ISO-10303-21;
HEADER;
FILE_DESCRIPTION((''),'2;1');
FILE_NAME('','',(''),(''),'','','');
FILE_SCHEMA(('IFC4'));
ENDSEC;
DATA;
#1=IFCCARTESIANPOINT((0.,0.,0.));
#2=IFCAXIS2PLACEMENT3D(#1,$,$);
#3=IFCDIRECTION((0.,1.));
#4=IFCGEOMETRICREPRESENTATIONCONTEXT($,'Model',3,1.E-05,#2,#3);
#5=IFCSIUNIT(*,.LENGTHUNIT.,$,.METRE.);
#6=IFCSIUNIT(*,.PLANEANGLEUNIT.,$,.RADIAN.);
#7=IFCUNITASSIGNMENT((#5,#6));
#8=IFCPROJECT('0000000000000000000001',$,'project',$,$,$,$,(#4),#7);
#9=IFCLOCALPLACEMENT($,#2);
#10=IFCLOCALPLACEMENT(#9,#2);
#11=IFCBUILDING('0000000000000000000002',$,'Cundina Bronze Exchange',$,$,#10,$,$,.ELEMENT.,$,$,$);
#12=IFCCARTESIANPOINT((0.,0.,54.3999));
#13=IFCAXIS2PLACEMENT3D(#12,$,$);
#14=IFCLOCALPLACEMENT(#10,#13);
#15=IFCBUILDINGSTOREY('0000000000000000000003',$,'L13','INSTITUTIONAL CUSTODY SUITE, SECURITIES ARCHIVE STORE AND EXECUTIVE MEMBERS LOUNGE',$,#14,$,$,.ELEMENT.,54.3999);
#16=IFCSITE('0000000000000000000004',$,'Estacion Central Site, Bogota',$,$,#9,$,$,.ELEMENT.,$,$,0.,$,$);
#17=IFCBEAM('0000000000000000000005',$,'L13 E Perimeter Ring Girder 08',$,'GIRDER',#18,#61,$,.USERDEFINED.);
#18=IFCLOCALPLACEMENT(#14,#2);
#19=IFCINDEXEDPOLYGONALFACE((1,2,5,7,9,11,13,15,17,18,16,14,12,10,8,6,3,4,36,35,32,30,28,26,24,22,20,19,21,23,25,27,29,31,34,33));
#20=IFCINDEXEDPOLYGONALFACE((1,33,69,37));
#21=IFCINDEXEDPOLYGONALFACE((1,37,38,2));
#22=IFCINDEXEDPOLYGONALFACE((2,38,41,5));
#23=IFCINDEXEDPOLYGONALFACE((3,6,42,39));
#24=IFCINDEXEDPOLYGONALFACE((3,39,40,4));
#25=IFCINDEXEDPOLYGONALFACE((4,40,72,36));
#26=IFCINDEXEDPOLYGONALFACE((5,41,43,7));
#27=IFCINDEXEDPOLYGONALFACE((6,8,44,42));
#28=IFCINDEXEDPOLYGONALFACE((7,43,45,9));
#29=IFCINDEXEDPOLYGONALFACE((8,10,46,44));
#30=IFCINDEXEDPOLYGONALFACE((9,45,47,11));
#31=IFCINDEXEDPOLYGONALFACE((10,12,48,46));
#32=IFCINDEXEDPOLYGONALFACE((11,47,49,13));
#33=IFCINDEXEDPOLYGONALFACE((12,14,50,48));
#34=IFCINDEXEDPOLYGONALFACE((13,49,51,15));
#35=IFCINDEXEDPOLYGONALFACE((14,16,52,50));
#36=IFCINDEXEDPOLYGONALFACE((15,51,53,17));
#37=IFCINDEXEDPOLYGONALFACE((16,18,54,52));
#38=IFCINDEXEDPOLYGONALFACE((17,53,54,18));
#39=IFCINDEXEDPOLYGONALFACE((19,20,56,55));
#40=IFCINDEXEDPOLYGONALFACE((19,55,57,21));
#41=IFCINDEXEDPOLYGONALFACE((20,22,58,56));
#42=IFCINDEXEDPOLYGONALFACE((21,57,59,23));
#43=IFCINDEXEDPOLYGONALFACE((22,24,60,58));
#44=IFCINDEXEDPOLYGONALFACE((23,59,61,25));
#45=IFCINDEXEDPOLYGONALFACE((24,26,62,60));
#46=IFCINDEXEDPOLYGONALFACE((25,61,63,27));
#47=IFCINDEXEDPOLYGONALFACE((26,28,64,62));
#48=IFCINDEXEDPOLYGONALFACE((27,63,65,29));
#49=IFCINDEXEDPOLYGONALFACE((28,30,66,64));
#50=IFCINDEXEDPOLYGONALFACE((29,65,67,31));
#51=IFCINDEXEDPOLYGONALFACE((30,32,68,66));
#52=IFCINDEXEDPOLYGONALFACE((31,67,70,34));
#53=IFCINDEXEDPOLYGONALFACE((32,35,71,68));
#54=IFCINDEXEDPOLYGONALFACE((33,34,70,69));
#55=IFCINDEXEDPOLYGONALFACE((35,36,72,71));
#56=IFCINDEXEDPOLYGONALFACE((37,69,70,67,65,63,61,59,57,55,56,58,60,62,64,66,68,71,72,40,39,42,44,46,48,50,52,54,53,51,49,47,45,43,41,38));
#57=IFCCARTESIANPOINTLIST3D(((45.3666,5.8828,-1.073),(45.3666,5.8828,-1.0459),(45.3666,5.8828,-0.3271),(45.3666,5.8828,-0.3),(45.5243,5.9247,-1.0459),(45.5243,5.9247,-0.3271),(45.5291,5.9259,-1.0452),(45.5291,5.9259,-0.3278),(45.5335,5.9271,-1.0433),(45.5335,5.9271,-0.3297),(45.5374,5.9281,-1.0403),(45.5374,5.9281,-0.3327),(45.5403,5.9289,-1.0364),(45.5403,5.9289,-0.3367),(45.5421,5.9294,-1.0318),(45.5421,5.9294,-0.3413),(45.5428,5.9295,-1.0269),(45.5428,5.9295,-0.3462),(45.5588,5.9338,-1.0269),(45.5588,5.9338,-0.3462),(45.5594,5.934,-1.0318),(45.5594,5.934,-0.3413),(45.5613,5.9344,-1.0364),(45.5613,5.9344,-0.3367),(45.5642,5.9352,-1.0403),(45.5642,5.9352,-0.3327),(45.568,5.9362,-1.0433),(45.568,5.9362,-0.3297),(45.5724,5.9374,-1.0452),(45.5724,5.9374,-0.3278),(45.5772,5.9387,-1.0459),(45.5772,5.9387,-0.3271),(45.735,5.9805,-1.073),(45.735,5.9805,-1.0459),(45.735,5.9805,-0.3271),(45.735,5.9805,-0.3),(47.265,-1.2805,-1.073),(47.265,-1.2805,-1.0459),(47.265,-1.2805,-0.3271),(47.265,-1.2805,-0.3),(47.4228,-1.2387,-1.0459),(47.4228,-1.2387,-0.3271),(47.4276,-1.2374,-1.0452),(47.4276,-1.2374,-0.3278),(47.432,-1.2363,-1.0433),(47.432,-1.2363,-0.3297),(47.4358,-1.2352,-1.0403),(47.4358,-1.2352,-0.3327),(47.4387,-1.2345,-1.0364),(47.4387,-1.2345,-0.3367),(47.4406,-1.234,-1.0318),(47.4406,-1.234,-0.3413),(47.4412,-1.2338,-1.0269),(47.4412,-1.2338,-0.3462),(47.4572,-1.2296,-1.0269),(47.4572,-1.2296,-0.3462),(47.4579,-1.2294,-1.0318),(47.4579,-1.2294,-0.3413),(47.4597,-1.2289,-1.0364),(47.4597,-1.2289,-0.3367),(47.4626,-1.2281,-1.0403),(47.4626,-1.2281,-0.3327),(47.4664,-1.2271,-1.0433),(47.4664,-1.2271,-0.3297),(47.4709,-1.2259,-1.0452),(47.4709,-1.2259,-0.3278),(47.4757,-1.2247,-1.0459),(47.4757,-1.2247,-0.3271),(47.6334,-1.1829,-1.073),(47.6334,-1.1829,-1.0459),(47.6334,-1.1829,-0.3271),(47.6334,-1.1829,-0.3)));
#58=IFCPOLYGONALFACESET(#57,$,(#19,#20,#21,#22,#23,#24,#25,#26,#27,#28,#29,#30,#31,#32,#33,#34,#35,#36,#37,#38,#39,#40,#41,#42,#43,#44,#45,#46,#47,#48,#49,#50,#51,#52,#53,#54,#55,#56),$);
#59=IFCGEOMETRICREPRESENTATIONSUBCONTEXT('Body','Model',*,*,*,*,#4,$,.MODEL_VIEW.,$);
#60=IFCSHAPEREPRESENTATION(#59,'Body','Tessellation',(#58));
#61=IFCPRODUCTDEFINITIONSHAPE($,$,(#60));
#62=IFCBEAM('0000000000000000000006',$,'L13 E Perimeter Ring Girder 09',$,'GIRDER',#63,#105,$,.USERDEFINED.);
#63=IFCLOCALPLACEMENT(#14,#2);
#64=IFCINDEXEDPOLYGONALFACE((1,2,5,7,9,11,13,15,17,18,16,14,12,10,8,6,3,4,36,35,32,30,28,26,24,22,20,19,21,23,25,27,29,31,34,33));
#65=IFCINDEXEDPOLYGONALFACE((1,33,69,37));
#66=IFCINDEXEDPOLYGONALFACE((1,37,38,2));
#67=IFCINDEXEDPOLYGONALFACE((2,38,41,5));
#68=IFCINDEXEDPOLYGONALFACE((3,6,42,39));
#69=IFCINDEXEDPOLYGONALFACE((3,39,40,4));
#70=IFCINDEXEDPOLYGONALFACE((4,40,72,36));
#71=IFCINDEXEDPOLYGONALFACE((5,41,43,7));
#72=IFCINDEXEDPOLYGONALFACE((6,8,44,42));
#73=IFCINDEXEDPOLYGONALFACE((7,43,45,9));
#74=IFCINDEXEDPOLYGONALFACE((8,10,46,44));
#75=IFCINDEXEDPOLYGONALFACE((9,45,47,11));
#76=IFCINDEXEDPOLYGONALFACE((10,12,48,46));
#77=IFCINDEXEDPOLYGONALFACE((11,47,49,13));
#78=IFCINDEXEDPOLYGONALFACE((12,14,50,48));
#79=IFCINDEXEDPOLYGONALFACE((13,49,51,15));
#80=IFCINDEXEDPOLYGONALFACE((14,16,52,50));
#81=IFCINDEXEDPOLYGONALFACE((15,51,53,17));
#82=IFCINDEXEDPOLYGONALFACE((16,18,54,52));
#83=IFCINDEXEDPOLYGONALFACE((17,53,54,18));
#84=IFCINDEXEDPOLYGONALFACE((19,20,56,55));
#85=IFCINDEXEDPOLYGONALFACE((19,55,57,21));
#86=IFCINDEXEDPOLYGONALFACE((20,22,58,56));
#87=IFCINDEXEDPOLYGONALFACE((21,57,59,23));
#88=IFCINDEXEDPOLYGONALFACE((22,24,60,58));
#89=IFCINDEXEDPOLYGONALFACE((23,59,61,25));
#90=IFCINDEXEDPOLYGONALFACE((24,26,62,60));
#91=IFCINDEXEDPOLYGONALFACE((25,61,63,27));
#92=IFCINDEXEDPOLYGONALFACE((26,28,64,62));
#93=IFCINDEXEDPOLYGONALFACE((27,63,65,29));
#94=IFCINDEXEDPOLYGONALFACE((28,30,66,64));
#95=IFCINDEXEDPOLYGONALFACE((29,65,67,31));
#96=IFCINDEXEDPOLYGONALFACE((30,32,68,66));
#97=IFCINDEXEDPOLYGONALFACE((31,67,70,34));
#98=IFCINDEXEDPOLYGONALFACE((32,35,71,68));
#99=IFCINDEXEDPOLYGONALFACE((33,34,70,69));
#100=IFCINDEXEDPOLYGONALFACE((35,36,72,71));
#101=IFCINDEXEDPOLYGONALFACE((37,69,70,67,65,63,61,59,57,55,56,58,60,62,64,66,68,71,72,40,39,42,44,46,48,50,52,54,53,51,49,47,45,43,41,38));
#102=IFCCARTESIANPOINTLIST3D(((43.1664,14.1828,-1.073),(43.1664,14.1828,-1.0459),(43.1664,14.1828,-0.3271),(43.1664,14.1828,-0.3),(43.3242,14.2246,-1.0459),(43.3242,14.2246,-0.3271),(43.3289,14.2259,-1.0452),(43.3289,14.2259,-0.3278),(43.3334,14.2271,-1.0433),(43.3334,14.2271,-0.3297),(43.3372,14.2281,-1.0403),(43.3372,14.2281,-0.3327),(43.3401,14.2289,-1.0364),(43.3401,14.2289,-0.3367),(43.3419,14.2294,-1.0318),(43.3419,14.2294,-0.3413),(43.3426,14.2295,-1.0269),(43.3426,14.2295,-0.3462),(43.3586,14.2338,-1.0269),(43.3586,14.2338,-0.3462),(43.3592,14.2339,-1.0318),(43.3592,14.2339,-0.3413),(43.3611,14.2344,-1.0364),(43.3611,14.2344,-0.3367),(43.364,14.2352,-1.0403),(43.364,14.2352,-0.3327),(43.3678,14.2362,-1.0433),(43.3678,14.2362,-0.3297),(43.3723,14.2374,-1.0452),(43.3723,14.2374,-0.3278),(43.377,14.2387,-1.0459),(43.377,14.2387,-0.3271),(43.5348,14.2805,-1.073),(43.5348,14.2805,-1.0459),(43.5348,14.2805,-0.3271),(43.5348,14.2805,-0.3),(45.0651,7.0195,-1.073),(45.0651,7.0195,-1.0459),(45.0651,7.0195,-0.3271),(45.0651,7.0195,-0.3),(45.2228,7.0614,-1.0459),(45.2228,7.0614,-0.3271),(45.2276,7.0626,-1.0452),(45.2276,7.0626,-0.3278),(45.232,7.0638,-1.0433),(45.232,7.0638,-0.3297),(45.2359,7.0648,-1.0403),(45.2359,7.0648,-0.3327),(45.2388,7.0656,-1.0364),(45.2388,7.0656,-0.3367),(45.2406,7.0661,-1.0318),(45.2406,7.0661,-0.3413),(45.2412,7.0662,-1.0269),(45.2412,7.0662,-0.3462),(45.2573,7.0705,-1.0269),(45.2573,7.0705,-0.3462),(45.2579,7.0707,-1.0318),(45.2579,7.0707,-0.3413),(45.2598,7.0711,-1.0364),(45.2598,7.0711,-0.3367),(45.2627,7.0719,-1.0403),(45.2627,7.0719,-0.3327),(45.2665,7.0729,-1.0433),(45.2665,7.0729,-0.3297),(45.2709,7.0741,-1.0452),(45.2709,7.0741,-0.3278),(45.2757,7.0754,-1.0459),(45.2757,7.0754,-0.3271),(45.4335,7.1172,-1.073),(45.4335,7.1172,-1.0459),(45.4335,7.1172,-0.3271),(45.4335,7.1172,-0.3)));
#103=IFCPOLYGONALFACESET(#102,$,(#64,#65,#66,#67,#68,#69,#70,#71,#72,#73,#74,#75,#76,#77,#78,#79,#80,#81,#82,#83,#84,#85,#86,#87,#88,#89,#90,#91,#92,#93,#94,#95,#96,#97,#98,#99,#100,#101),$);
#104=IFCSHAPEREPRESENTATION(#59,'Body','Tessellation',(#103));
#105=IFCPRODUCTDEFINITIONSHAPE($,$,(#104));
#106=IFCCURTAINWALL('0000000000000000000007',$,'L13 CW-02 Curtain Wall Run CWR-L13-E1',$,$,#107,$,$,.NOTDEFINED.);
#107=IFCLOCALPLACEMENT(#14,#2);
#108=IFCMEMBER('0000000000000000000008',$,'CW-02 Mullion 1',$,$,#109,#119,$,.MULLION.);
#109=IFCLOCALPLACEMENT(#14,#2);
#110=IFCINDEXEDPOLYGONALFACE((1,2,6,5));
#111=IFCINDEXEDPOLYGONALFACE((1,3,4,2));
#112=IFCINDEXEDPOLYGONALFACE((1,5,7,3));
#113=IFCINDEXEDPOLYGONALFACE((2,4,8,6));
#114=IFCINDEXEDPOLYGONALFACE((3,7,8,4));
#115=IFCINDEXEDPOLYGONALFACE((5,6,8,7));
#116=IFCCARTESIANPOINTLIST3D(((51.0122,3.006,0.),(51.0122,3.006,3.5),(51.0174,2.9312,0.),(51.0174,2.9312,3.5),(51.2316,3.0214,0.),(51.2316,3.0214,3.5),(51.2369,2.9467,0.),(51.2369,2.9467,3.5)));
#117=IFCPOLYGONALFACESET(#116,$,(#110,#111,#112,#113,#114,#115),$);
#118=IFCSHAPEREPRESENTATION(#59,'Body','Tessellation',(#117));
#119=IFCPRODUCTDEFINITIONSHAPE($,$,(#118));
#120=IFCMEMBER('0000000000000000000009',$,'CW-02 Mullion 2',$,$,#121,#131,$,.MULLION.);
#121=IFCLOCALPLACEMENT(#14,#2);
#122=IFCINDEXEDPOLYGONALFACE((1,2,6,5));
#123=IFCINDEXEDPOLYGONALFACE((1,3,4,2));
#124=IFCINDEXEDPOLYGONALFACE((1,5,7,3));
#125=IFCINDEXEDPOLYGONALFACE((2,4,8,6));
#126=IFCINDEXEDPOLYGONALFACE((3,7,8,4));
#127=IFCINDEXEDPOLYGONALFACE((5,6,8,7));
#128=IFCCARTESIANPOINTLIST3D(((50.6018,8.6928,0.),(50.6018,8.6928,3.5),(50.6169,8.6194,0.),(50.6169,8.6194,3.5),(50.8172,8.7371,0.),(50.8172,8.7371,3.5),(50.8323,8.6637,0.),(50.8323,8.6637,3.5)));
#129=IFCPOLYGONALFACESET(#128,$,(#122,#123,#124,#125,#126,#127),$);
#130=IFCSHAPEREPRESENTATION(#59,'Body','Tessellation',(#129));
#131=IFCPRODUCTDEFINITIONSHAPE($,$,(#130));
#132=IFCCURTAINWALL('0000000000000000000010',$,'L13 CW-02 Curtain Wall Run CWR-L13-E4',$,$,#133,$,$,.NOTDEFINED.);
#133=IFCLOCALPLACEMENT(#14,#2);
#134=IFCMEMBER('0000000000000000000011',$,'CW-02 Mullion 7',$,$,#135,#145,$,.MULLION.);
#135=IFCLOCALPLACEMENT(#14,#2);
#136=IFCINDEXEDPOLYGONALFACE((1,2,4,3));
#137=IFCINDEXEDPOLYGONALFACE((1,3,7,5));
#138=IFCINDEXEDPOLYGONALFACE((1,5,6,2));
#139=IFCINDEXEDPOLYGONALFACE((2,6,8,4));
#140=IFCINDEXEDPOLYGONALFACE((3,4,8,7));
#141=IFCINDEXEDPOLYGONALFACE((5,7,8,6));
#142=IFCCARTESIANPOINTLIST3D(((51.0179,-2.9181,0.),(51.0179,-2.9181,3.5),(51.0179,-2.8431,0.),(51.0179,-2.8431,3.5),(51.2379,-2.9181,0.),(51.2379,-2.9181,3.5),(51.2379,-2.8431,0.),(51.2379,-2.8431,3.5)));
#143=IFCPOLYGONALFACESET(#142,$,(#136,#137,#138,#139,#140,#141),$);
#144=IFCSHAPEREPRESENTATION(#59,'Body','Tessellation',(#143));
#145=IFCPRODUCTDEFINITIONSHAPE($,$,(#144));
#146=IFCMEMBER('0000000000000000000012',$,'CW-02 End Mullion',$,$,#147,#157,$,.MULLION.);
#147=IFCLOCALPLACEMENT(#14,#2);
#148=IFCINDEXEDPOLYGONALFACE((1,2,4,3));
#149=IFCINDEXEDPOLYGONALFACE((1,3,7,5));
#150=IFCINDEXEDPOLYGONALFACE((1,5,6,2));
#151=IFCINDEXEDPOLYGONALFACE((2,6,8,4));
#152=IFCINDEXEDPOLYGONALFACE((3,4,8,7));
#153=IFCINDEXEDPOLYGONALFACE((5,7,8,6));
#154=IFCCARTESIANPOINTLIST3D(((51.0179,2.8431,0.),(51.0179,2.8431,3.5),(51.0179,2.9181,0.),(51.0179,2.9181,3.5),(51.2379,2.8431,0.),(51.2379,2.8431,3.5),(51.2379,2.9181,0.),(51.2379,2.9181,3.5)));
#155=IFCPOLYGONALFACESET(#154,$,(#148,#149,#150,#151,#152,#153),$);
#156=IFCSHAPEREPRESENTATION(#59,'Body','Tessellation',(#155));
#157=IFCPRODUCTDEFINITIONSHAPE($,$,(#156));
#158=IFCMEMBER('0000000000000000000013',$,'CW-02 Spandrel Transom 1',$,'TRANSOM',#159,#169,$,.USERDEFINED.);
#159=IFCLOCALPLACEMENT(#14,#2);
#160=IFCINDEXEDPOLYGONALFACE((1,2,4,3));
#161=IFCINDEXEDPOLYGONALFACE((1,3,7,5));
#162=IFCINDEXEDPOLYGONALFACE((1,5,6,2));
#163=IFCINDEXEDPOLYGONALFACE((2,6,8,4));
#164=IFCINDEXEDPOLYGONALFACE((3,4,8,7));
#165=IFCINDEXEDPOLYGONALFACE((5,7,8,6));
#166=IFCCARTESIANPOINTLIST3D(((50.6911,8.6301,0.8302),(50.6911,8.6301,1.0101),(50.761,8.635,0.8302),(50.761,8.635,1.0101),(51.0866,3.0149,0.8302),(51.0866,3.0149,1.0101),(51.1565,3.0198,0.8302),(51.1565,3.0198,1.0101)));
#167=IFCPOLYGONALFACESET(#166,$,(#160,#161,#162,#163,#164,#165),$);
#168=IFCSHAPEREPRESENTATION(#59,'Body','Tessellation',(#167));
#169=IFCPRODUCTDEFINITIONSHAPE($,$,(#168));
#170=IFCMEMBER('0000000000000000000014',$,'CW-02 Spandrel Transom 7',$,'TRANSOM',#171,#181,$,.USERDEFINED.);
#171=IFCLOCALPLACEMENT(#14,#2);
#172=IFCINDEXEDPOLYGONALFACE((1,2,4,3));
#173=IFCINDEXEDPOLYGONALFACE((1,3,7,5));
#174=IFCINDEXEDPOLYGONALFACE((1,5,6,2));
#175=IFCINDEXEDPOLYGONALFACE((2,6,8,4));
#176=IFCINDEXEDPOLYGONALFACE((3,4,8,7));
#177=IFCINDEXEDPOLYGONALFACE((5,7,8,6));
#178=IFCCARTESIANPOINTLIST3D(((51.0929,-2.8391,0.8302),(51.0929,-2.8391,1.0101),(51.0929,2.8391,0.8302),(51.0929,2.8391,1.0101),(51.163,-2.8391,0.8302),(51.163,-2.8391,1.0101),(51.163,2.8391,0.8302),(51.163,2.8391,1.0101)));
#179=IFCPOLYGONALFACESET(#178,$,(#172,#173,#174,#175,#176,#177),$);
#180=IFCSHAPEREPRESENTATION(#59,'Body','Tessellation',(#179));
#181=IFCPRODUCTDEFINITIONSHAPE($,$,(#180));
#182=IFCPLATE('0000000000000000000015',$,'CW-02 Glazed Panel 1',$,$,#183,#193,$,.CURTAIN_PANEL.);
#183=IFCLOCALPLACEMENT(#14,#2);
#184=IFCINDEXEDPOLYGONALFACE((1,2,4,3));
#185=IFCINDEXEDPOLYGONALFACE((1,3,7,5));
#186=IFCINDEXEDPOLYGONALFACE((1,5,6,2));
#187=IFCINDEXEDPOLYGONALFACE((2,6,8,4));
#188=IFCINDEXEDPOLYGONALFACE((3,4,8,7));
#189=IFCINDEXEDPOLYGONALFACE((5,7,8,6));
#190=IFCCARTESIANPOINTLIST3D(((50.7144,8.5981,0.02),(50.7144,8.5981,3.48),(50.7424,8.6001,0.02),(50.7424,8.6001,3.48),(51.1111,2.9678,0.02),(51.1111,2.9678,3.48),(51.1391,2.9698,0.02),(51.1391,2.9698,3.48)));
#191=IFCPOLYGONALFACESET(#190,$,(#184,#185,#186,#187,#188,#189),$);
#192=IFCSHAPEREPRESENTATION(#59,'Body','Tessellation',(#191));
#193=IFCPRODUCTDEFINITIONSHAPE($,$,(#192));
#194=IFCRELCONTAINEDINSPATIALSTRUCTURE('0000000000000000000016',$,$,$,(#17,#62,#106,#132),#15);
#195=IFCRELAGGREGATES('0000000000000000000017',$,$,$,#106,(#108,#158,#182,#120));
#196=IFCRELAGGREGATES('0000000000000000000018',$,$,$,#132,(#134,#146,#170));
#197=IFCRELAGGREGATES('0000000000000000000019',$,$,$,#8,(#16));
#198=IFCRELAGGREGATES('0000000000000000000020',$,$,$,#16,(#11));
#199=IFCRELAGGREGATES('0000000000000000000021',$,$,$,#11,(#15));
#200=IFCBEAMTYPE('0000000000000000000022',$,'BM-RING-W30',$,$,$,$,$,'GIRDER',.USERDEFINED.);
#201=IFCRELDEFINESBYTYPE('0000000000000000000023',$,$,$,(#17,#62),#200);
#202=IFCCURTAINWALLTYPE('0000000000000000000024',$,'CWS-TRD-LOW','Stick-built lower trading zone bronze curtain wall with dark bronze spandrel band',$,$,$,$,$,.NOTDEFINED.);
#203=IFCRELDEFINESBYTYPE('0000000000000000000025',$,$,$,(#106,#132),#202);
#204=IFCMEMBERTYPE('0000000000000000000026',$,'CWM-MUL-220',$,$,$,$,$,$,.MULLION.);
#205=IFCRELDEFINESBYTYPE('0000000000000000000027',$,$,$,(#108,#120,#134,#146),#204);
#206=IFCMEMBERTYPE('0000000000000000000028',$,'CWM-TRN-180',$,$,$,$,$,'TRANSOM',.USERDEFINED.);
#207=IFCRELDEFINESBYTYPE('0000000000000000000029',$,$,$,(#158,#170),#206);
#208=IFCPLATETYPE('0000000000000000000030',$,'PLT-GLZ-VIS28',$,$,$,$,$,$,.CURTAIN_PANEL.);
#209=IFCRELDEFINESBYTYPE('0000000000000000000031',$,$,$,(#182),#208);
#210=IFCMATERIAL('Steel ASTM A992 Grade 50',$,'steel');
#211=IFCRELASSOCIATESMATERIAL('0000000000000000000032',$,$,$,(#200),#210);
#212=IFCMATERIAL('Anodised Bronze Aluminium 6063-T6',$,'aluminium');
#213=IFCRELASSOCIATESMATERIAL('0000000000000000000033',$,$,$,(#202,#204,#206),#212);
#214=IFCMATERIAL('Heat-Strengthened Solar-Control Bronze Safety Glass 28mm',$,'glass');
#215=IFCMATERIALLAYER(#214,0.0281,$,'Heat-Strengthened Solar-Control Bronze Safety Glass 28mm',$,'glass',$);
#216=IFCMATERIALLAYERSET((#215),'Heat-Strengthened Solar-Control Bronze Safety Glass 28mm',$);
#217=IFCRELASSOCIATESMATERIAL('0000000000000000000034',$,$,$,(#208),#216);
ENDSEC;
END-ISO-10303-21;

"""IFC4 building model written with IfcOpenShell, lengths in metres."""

from ifc_helpers import new_model, si_unit, direction, frame, origin, origin_2d, place, context, subcontext, project, spatial, rectangle, i_section, extrude, material, layer, layer_set, material_profile, profile_set, type_object, element, aggregate, save


model = new_model("IFC4")

# Units and contexts
model_context = context("Model", 3, precision=1e-05, world=origin(), true_north=direction((0.0, 1.0)))
body_context = subcontext(model_context, "Body", "Model", "MODEL_VIEW")
ifc_project = project(units=[si_unit("LENGTHUNIT", "METRE"), si_unit("PLANEANGLEUNIT", "RADIAN")], contexts=[model_context])

# Site, building, storey
site_placement = place(None, origin())
site = spatial("IfcSite", under=ifc_project, at=site_placement, Name="Estacion Central Site, Bogota", CompositionType="ELEMENT", RefElevation=0.0)
building_placement = place(site_placement, origin())
building = spatial("IfcBuilding", under=site, at=building_placement, Name="Cundina Bronze Exchange", CompositionType="ELEMENT")
storey_placement = place(building_placement, frame((0.0, 0.0, 54.3999)))
storey = spatial("IfcBuildingStorey", under=building, at=storey_placement, Name="L13", Description="INSTITUTIONAL CUSTODY SUITE, SECURITIES ARCHIVE STORE AND EXECUTIVE MEMBERS LOUNGE", CompositionType="ELEMENT", Elevation=54.3999)

# Shared definitions
ifc_material_1 = material(Name="Steel ASTM A992 Grade 50", Category="steel")

# Beams
ifc_material_profile_1 = material_profile(ifc_material_1, i_section(OverallWidth=0.3811, OverallDepth=0.7729, WebThickness=0.0166, FlangeThickness=0.0271, FilletRadius=0.019, at=origin_2d()), Name="W30X173", Category="steel")
ifc_profile_set_1 = profile_set([ifc_material_profile_1], Name="Steel ASTM A992 Grade 50")
beam_type_1 = type_object("IfcBeamType", Name="BM-RING-W30", ElementType="GIRDER", PredefinedType="USERDEFINED", material=ifc_profile_set_1)
for number, where, z_axis, x_axis, name in (
    (1, (47.4492, -1.2317, -0.6865), (-0.256178, 0.96663, 0.0), (-0.96663, -0.256178, 0.0), "L13 E Perimeter Ring Girder 08"),
    (2, (45.2493, 7.0684, -0.6865), (-0.256209, 0.966622, 0.0), (-0.966622, -0.256209, 0.0), "L13 E Perimeter Ring Girder 09"),
):
    element("IfcBeam", number, at=place(storey_placement, frame(where, z_axis=z_axis, x_axis=x_axis)), inside=storey, type_object=beam_type_1, Name=name, ObjectType="GIRDER", PredefinedType="USERDEFINED", context=body_context, shape_type="SweptSolid", body=[
        extrude(i_section(OverallWidth=0.3811, OverallDepth=0.7729, WebThickness=0.0166, FlangeThickness=0.0271, FilletRadius=0.019, at=origin_2d()), origin(), (0.0, 0.0, 1.0), 7.4106),
    ])

# Curtain walls, members
ifc_material_2 = material(Name="Anodised Bronze Aluminium 6063-T6", Category="aluminium")
curtain_wall_type = type_object("IfcCurtainWallType", Name="CWS-TRD-LOW", Description="Stick-built lower trading zone bronze curtain wall with dark bronze spandrel band", PredefinedType="NOTDEFINED", material=ifc_material_2)
curtain_wall_1_placement = place(storey_placement, origin())
curtain_wall_1 = element("IfcCurtainWall", 3, at=curtain_wall_1_placement, inside=storey, type_object=curtain_wall_type, Name="L13 CW-02 Curtain Wall Run CWR-L13-E1", PredefinedType="NOTDEFINED")
ifc_material_profile_2 = material_profile(ifc_material_2, rectangle(XDim=0.075, YDim=0.22, at=origin_2d()), Name="AL75X220", Category="aluminium")
ifc_profile_set_2 = profile_set([ifc_material_profile_2], Name="Anodised Bronze Aluminium 6063-T6")
member_type_1 = type_object("IfcMemberType", Name="CWM-MUL-220", PredefinedType="MULLION", material=ifc_profile_set_2)
member_1_placement = place(storey_placement, frame((51.1245, 2.9763, 0.0), z_axis=(0.0, 0.0, 1.0), x_axis=(-0.070279, 0.997527, 0.0)))
member_1 = element("IfcMember", 4, at=member_1_placement, type_object=member_type_1, Name="CW-02 Mullion 1", PredefinedType="MULLION", context=body_context, shape_type="SweptSolid", body=[
    extrude(rectangle(XDim=0.075, YDim=0.22, at=origin_2d()), origin(), (0.0, 0.0, 1.0), 3.5),
])
member_2_placement = place(storey_placement, frame((50.717, 8.6782, 0.0), z_axis=(0.0, 0.0, 1.0), x_axis=(-0.20142, 0.979505, 0.0)))
member_2 = element("IfcMember", 5, at=member_2_placement, type_object=member_type_1, Name="CW-02 Mullion 2", PredefinedType="MULLION", context=body_context, shape_type="SweptSolid", body=[
    extrude(rectangle(XDim=0.075, YDim=0.22, at=origin_2d()), origin(), (0.0, 0.0, 1.0), 3.5),
])
curtain_wall_2_placement = place(storey_placement, origin())
curtain_wall_2 = element("IfcCurtainWall", 6, at=curtain_wall_2_placement, inside=storey, type_object=curtain_wall_type, Name="L13 CW-02 Curtain Wall Run CWR-L13-E4", PredefinedType="NOTDEFINED")
member_3_placement = place(storey_placement, frame((51.1279, -2.8806, 0.0), z_axis=(0.0, 0.0, 1.0), x_axis=(0.0, 1.0, 0.0)))
member_3 = element("IfcMember", 7, at=member_3_placement, type_object=member_type_1, Name="CW-02 Mullion 7", PredefinedType="MULLION", context=body_context, shape_type="SweptSolid", body=[
    extrude(rectangle(XDim=0.075, YDim=0.22, at=origin_2d()), origin(), (0.0, 0.0, 1.0), 3.5),
])
member_4_placement = place(storey_placement, frame((51.1279, 2.8806, 0.0), z_axis=(0.0, 0.0, 1.0), x_axis=(0.0, 1.0, 0.0)))
member_4 = element("IfcMember", 8, at=member_4_placement, type_object=member_type_1, Name="CW-02 End Mullion", PredefinedType="MULLION", context=body_context, shape_type="SweptSolid", body=[
    extrude(rectangle(XDim=0.075, YDim=0.22, at=origin_2d()), origin(), (0.0, 0.0, 1.0), 3.5),
])

# Members
ifc_material_profile_3 = material_profile(ifc_material_2, rectangle(XDim=0.0701, YDim=0.1799, at=origin_2d()), Name="AL70X180", Category="aluminium")
ifc_profile_set_3 = profile_set([ifc_material_profile_3], Name="Anodised Bronze Aluminium 6063-T6")
member_type_2 = type_object("IfcMemberType", Name="CWM-TRN-180", ElementType="TRANSOM", PredefinedType="USERDEFINED", material=ifc_profile_set_3)
member_5_placement = place(storey_placement, frame((51.1216, 3.0173, 0.9202), z_axis=(-0.070261, 0.997529, 0.0), x_axis=(-0.997529, -0.070261, 0.0)))
member_5 = element("IfcMember", 9, at=member_5_placement, type_object=member_type_2, Name="CW-02 Spandrel Transom 1", ObjectType="TRANSOM", PredefinedType="USERDEFINED", context=body_context, shape_type="SweptSolid", body=[
    extrude(rectangle(XDim=0.0701, YDim=0.1799, at=origin_2d()), origin(), (0.0, 0.0, 1.0), 5.6292),
])
member_6_placement = place(storey_placement, frame((51.1279, -2.8391, 0.9202), z_axis=(0.0, 1.0, 0.0), x_axis=(-1.0, 0.0, 0.0)))
member_6 = element("IfcMember", 10, at=member_6_placement, type_object=member_type_2, Name="CW-02 Spandrel Transom 7", ObjectType="TRANSOM", PredefinedType="USERDEFINED", context=body_context, shape_type="SweptSolid", body=[
    extrude(rectangle(XDim=0.0701, YDim=0.1799, at=origin_2d()), origin(), (0.0, 0.0, 1.0), 5.6782),
])

# Plate
ifc_material_3 = material(Name="Heat-Strengthened Solar-Control Bronze Safety Glass 28mm", Category="glass")
ifc_layer_1 = layer(ifc_material_3, 0.0281, Name="Heat-Strengthened Solar-Control Bronze Safety Glass 28mm", Category="glass")
ifc_layer_set_1 = layer_set([ifc_layer_1], Name="Heat-Strengthened Solar-Control Bronze Safety Glass 28mm")
plate_type = type_object("IfcPlateType", Name="PLT-GLZ-VIS28", PredefinedType="CURTAIN_PANEL", material=ifc_layer_set_1)
plate_1_placement = place(storey_placement, frame((50.9268, 5.7839, 0.02), z_axis=(0.0, 0.0, 1.0), x_axis=(-0.070279, 0.997527, 0.0)))
plate_1 = element("IfcPlate", 11, at=plate_1_placement, type_object=plate_type, Name="CW-02 Glazed Panel 1", PredefinedType="CURTAIN_PANEL", context=body_context, shape_type="SweptSolid", body=[
    extrude(rectangle(XDim=5.6443, YDim=0.0281, at=origin_2d()), origin(), (0.0, 0.0, 1.0), 3.46),
])
aggregate(curtain_wall_1, [member_1, member_5, plate_1, member_2])
aggregate(curtain_wall_2, [member_3, member_4, member_6])

save(model, "model.ifc")
